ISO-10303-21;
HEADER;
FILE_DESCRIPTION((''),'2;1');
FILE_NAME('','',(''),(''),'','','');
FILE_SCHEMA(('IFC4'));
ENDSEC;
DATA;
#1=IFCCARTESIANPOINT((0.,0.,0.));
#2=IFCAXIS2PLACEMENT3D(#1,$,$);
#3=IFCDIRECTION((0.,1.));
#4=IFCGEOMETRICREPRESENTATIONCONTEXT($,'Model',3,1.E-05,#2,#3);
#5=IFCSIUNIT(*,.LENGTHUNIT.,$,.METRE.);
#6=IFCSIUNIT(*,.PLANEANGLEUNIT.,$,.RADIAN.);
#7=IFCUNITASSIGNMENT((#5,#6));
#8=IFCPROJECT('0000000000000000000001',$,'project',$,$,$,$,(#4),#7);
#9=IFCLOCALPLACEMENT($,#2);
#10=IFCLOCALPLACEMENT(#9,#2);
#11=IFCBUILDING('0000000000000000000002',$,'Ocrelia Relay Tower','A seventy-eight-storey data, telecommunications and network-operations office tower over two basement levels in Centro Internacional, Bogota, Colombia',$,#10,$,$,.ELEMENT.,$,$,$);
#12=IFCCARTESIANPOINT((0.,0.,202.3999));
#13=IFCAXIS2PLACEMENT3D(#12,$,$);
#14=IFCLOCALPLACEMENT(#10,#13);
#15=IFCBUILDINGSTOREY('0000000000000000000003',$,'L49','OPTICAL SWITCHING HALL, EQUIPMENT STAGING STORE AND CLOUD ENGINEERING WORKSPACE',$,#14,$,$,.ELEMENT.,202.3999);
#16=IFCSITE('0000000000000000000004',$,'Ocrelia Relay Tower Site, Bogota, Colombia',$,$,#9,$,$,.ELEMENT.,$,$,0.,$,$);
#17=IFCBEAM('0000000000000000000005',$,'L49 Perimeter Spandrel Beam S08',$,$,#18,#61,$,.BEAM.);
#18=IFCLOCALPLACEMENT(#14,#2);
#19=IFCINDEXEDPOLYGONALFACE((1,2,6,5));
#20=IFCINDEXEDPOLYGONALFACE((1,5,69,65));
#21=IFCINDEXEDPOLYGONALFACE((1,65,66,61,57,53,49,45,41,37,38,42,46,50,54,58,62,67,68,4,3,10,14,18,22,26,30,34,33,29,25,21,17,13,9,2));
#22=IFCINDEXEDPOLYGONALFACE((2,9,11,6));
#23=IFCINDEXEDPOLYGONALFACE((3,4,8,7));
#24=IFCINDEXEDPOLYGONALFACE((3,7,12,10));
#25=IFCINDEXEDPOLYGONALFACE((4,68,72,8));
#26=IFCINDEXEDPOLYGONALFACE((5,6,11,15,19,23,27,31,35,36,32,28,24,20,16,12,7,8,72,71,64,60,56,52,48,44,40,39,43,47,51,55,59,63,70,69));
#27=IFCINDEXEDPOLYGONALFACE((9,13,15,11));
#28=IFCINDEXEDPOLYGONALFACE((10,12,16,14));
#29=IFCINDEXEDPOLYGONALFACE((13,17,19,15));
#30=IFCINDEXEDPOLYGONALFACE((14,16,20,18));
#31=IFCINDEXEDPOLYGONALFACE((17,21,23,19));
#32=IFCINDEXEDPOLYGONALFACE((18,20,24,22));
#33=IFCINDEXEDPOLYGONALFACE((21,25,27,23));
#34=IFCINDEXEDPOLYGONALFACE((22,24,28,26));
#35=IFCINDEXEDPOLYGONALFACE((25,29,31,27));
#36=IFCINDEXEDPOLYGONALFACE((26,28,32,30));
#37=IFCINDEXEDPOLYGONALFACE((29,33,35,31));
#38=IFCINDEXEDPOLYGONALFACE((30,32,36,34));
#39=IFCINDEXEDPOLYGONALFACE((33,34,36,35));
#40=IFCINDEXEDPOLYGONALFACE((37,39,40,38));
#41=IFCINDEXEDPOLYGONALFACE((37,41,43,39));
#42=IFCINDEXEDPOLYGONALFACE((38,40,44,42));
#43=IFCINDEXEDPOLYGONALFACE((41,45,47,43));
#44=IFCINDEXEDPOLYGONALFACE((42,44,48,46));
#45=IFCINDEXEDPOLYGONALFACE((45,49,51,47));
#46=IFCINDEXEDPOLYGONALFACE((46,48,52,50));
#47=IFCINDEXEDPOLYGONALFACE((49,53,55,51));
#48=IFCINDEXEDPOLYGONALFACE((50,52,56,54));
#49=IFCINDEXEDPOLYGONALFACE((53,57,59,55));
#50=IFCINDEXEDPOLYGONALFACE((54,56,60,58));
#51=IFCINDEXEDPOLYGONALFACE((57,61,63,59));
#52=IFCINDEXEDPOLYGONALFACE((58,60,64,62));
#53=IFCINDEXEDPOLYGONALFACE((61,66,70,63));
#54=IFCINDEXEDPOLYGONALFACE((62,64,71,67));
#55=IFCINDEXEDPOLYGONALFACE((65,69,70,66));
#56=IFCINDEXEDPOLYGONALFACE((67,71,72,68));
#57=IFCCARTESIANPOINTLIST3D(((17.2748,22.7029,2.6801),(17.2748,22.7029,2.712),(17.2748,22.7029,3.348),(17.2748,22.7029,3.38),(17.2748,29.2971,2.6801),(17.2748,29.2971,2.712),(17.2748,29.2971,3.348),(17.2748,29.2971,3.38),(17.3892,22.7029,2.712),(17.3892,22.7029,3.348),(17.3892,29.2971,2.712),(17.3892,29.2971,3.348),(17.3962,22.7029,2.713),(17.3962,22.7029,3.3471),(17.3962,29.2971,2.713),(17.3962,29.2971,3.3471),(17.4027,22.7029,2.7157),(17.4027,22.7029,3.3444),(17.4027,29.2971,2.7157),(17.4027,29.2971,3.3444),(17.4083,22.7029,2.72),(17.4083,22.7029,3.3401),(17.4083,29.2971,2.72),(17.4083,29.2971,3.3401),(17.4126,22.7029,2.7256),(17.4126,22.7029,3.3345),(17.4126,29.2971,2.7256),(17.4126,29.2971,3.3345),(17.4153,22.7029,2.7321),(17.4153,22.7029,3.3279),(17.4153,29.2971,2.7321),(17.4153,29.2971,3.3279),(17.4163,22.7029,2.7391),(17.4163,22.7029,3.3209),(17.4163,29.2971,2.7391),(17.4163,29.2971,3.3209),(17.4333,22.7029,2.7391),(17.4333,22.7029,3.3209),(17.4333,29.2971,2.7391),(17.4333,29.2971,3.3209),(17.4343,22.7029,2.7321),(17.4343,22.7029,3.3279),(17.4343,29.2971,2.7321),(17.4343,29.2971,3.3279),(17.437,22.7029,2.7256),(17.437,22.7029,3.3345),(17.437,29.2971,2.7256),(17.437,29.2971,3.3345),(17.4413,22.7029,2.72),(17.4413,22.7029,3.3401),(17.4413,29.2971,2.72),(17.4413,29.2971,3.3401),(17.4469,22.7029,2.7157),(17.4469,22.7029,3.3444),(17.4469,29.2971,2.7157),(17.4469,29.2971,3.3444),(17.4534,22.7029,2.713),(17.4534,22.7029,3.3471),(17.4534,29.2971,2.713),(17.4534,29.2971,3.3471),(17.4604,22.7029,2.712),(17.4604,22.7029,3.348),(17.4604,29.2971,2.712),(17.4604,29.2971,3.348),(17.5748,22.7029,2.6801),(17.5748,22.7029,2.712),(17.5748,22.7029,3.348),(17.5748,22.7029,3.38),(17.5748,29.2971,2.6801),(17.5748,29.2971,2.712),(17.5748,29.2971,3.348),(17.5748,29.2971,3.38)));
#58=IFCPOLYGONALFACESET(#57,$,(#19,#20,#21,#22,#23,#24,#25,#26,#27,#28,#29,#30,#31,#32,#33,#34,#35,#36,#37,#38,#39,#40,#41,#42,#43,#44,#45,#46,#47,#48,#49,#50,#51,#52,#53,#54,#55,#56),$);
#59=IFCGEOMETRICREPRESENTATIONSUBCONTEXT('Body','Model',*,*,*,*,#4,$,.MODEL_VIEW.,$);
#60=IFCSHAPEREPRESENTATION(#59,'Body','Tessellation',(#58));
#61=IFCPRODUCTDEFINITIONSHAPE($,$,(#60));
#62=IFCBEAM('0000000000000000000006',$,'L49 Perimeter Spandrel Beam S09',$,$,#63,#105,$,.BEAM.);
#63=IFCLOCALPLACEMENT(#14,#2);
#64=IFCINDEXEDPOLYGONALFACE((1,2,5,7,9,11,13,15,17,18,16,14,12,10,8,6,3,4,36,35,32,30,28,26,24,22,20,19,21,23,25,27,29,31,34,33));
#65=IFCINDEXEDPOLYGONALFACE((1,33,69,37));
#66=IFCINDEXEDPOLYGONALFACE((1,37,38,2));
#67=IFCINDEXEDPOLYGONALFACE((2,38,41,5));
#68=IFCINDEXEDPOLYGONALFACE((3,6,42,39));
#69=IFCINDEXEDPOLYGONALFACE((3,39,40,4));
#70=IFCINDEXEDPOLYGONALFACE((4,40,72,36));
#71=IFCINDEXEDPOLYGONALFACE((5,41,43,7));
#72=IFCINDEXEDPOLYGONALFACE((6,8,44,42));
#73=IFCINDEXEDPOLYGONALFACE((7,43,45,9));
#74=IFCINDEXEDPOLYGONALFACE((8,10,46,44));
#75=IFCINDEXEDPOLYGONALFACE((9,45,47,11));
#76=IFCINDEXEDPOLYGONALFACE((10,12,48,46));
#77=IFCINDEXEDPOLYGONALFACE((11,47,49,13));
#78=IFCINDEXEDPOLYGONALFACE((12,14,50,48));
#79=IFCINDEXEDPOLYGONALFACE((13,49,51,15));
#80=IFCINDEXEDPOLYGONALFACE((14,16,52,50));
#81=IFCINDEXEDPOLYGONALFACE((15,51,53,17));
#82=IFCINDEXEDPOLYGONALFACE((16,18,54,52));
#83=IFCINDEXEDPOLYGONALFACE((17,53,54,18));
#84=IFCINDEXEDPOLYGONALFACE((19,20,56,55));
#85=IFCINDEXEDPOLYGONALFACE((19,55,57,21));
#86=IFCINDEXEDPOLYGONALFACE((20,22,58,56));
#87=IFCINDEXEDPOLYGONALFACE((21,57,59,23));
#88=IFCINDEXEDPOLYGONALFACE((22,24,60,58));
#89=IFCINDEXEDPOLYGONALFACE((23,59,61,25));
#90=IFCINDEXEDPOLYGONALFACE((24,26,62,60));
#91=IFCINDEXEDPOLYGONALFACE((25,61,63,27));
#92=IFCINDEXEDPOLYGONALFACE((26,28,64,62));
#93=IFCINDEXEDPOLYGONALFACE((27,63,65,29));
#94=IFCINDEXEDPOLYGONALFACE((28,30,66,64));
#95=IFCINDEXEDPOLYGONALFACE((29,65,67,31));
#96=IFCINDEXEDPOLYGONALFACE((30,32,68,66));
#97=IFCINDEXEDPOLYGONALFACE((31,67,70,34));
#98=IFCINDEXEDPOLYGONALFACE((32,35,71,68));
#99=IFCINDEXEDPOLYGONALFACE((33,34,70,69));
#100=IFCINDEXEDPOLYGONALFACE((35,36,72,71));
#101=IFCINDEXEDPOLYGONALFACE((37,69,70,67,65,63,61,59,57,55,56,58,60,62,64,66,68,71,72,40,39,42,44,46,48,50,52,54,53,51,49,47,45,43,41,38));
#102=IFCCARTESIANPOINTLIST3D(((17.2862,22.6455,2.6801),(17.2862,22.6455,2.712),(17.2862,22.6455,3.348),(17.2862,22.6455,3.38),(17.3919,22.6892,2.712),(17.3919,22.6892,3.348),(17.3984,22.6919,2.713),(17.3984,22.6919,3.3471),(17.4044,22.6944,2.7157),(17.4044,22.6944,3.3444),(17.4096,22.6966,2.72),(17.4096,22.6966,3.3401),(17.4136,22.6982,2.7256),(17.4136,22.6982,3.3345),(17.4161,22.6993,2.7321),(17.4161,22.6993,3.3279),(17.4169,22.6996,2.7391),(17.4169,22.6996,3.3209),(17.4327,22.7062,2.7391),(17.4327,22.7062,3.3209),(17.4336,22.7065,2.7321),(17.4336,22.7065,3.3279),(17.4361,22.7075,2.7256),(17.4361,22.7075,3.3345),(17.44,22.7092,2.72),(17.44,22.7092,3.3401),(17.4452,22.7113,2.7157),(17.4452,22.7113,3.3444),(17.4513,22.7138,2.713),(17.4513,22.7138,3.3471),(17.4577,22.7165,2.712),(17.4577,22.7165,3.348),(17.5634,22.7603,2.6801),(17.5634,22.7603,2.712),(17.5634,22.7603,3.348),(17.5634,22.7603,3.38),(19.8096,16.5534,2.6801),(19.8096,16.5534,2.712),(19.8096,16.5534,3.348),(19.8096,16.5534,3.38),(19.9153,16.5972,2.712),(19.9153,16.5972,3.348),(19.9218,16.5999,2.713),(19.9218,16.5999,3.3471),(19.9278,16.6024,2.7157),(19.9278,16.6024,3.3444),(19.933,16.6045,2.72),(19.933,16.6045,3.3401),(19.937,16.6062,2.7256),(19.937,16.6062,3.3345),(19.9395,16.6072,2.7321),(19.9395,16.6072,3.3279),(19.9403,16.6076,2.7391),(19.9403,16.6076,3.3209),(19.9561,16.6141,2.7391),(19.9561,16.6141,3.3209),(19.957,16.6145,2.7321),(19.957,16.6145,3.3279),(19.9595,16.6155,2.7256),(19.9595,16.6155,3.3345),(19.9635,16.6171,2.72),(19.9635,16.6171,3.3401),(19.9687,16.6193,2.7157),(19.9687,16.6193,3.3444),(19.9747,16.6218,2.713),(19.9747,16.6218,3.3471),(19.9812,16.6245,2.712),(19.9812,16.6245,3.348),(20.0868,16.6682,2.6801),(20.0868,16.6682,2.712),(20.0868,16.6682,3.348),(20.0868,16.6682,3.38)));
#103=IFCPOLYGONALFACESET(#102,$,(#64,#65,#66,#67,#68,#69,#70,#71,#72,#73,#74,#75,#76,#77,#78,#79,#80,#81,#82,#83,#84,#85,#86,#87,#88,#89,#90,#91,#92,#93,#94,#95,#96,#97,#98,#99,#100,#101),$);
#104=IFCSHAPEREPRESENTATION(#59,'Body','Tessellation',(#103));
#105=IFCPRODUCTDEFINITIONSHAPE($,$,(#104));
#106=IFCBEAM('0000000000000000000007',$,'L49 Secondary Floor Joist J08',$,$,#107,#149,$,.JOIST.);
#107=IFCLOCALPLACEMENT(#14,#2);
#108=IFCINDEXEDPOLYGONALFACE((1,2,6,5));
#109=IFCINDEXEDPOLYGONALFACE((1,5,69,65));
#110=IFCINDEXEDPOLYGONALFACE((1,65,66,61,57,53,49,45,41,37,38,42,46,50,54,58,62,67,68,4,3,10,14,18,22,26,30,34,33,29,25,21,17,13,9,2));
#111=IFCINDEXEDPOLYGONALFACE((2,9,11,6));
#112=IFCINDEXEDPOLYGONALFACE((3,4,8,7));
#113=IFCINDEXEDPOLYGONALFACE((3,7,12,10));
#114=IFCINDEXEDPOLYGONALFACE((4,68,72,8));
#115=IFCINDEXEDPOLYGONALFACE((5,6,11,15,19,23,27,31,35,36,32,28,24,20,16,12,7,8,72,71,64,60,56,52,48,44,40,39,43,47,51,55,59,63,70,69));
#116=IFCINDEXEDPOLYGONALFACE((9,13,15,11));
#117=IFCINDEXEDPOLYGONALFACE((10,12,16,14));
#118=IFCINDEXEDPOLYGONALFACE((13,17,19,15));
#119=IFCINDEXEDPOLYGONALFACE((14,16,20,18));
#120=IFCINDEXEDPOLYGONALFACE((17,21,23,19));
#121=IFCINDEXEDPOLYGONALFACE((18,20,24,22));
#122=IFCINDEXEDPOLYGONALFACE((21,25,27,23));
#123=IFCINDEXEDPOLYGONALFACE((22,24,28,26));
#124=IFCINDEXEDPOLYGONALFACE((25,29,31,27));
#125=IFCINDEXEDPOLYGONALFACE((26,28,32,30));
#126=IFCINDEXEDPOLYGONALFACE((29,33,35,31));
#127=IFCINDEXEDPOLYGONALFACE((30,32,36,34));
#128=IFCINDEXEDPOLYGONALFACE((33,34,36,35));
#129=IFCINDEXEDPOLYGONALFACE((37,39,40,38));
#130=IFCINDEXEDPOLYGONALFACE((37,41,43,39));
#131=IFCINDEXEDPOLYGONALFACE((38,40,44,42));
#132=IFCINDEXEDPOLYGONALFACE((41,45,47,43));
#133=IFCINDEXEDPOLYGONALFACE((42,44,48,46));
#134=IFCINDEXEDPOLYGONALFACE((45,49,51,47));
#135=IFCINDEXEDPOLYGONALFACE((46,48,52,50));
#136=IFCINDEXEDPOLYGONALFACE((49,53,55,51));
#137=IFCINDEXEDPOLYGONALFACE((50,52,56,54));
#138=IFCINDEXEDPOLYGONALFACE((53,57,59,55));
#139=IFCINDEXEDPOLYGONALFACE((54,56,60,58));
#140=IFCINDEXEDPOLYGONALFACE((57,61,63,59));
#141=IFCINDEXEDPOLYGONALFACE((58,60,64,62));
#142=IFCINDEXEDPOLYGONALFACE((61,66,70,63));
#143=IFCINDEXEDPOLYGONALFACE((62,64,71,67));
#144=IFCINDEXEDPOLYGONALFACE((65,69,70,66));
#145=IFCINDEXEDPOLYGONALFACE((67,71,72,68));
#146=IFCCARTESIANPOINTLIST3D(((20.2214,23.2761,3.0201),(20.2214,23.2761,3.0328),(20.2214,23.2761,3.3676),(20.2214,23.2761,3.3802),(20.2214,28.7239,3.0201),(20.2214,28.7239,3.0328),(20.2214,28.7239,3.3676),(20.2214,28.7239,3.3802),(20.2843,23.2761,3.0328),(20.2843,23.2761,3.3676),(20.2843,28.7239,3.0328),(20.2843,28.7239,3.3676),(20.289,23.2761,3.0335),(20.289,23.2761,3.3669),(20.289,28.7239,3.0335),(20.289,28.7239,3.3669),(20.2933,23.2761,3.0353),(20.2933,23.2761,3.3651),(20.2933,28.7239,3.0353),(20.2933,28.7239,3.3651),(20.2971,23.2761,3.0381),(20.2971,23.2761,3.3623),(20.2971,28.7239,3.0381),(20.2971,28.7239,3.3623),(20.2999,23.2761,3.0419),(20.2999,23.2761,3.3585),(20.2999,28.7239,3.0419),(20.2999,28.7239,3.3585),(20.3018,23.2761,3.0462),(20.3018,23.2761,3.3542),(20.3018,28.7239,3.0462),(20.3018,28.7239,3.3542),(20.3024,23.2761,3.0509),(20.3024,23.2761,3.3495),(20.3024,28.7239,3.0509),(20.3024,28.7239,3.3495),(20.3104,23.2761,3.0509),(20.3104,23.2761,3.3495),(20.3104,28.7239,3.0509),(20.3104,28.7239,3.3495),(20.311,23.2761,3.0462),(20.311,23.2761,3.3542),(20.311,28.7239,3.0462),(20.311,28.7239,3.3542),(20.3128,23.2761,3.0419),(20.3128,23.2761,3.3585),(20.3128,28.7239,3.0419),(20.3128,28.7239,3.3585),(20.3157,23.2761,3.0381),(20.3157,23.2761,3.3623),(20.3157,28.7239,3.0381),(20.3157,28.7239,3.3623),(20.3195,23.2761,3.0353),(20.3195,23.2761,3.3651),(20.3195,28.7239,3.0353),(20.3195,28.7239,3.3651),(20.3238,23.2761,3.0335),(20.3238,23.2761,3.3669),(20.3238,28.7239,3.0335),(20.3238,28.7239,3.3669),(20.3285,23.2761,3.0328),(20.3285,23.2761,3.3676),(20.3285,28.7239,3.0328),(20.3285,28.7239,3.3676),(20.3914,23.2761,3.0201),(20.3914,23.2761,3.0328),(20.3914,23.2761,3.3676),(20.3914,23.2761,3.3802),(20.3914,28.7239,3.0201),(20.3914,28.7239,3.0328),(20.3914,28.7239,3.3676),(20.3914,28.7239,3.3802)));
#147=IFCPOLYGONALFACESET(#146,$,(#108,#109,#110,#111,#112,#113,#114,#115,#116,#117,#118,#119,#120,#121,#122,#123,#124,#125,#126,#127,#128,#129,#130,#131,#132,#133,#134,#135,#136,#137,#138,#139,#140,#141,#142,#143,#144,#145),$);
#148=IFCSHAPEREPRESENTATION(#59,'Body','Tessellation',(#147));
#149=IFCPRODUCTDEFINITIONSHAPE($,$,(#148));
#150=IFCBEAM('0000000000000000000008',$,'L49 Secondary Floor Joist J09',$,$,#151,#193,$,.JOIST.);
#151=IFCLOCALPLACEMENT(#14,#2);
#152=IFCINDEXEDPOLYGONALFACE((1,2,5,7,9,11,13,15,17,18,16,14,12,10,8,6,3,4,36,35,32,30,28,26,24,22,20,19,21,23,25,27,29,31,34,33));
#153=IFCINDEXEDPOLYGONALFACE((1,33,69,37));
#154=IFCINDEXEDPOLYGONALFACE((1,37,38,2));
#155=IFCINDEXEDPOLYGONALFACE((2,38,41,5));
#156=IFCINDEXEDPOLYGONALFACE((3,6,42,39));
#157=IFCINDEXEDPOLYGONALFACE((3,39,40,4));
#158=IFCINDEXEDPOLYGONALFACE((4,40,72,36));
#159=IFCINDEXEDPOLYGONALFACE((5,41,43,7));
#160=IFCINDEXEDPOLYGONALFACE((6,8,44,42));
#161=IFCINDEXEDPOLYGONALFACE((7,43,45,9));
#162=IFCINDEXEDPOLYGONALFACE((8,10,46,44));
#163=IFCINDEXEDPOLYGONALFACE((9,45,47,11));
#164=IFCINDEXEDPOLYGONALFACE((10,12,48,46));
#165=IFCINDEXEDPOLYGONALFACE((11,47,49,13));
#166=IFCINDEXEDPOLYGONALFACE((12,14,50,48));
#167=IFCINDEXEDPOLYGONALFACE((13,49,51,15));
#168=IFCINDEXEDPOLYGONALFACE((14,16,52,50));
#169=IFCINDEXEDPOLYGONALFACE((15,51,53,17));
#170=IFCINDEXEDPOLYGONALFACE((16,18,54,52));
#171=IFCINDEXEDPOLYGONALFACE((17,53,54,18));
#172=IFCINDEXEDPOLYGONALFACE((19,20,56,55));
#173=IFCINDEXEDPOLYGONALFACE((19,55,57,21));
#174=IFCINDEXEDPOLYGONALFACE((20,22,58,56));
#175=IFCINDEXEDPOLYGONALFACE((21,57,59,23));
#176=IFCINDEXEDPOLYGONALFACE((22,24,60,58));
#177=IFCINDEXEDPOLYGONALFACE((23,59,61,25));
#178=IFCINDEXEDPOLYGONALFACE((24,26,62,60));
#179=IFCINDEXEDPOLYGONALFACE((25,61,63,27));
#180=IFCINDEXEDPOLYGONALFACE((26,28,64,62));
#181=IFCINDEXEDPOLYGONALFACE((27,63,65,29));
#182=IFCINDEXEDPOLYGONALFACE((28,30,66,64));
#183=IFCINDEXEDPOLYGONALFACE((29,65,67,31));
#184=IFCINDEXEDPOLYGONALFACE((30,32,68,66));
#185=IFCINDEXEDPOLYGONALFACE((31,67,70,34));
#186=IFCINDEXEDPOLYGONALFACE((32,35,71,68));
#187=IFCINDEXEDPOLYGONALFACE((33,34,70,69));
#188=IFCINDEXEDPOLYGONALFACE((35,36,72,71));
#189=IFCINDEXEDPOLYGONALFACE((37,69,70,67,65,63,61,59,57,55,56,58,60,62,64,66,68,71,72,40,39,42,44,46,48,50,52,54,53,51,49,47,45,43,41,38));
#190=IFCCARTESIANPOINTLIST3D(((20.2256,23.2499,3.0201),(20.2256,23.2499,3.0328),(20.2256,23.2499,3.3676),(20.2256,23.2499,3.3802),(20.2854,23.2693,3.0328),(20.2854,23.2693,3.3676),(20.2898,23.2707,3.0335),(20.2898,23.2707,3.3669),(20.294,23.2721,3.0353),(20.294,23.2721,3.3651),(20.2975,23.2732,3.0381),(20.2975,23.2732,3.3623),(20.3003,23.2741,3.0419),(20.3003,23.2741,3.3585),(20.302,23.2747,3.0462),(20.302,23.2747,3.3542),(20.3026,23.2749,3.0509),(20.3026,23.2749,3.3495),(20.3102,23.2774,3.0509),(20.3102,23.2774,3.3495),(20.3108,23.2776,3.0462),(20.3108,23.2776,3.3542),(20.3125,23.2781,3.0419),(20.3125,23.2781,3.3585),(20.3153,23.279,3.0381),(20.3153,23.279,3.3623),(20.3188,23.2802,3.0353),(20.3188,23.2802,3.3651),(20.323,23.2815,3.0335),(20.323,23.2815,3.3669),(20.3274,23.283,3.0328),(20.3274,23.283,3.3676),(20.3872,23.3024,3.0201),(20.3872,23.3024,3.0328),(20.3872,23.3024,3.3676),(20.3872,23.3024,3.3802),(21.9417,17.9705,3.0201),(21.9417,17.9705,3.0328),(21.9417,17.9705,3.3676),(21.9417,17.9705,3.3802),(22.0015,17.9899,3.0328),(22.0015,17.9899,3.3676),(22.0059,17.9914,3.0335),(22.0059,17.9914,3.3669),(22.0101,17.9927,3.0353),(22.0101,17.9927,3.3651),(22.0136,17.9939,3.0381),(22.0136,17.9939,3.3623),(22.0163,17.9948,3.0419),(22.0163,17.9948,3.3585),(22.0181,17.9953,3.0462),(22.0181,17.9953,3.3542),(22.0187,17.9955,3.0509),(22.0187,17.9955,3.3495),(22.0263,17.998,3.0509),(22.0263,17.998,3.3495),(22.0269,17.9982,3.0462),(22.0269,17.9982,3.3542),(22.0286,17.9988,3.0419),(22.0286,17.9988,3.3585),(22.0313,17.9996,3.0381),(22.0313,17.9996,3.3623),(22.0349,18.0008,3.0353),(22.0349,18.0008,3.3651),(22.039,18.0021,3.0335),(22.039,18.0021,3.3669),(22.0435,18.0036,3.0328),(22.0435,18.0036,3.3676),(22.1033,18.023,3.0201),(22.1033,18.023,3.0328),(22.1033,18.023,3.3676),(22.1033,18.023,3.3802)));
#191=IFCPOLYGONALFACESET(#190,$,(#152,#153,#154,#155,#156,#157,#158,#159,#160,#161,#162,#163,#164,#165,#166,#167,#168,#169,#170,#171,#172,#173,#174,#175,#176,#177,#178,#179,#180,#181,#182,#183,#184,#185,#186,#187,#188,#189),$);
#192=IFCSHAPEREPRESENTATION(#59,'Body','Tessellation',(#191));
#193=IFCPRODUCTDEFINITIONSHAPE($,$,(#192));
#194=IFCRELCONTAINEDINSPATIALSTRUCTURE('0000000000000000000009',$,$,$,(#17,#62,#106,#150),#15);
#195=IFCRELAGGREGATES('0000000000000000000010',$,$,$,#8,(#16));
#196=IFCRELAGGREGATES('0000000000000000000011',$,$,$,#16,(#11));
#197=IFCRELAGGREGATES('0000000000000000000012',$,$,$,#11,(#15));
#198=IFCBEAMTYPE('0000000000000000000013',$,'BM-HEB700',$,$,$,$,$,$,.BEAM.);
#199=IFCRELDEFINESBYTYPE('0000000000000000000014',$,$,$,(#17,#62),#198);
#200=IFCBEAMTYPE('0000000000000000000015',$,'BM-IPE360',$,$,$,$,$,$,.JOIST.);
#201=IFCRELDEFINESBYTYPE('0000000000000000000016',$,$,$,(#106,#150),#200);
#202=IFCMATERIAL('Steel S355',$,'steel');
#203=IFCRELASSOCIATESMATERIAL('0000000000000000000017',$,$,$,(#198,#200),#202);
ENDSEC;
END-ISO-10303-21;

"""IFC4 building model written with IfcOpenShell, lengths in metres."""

from ifc_helpers import new_model, si_unit, direction, frame, origin, origin_2d, place, context, subcontext, project, spatial, i_section, extrude, material, material_profile, profile_set, type_object, element, save


model = new_model("IFC4")

# Units and contexts
model_context = context("Model", 3, precision=1e-05, world=origin(), true_north=direction((0.0, 1.0)))
body_context = subcontext(model_context, "Body", "Model", "MODEL_VIEW")
ifc_project = project(units=[si_unit("LENGTHUNIT", "METRE"), si_unit("PLANEANGLEUNIT", "RADIAN")], contexts=[model_context])

# Site, building, storey
site_placement = place(None, origin())
site = spatial("IfcSite", under=ifc_project, at=site_placement, Name="Ocrelia Relay Tower Site, Bogota, Colombia", CompositionType="ELEMENT", RefElevation=0.0)
building_placement = place(site_placement, origin())
building = spatial("IfcBuilding", under=site, at=building_placement, Name="Ocrelia Relay Tower", Description="A seventy-eight-storey data, telecommunications and network-operations office tower over two basement levels in Centro Internacional, Bogota, Colombia", CompositionType="ELEMENT")
storey_placement = place(building_placement, frame((0.0, 0.0, 202.3999)))
storey = spatial("IfcBuildingStorey", under=building, at=storey_placement, Name="L49", Description="OPTICAL SWITCHING HALL, EQUIPMENT STAGING STORE AND CLOUD ENGINEERING WORKSPACE", CompositionType="ELEMENT", Elevation=202.3999)

# Beams
ifc_material_1 = material(Name="Steel S355", Category="steel")
ifc_material_profile_1 = material_profile(ifc_material_1, i_section(OverallWidth=0.3, OverallDepth=0.7, WebThickness=0.0171, FlangeThickness=0.032, FilletRadius=0.0271, at=origin_2d()), Name="HEB 700")
ifc_profile_set_1 = profile_set([ifc_material_profile_1], Name="Steel S355")
beam_type_1 = type_object("IfcBeamType", Name="BM-HEB700", PredefinedType="BEAM", material=ifc_profile_set_1)
beam_1_placement = place(storey_placement, frame((17.4248, 29.2971, 3.03), z_axis=(0.0, -1.0, 0.0), x_axis=(1.0, 0.0, 0.0)))
element("IfcBeam", 1, at=beam_1_placement, inside=storey, type_object=beam_type_1, Name="L49 Perimeter Spandrel Beam S08", PredefinedType="BEAM", context=body_context, shape_type="SweptSolid", body=[
    extrude(i_section(OverallWidth=0.3, OverallDepth=0.7, WebThickness=0.0171, FlangeThickness=0.032, FilletRadius=0.0271, at=origin_2d()), origin(), (0.0, 0.0, 1.0), 6.5942),
])
beam_2_placement = place(storey_placement, frame((17.4248, 22.7029, 3.03), z_axis=(0.382688, -0.923878, 0.0), x_axis=(0.923878, 0.382688, 0.0)))
element("IfcBeam", 2, at=beam_2_placement, inside=storey, type_object=beam_type_1, Name="L49 Perimeter Spandrel Beam S09", PredefinedType="BEAM", context=body_context, shape_type="SweptSolid", body=[
    extrude(i_section(OverallWidth=0.3, OverallDepth=0.7, WebThickness=0.0171, FlangeThickness=0.032, FilletRadius=0.0271, at=origin_2d()), origin(), (0.0, 0.0, 1.0), 6.594),
])
ifc_material_profile_2 = material_profile(ifc_material_1, i_section(OverallWidth=0.1699, OverallDepth=0.3601, WebThickness=0.0081, FlangeThickness=0.0127, FilletRadius=0.0181, at=origin_2d()), Name="IPE 360")
ifc_profile_set_2 = profile_set([ifc_material_profile_2], Name="Steel S355")
beam_type_2 = type_object("IfcBeamType", Name="BM-IPE360", PredefinedType="JOIST", material=ifc_profile_set_2)
beam_3_placement = place(storey_placement, frame((20.3064, 28.7239, 3.2002), z_axis=(0.0, -1.0, 0.0), x_axis=(1.0, 0.0, 0.0)))
element("IfcBeam", 3, at=beam_3_placement, inside=storey, type_object=beam_type_2, Name="L49 Secondary Floor Joist J08", PredefinedType="JOIST", context=body_context, shape_type="SweptSolid", body=[
    extrude(i_section(OverallWidth=0.1699, OverallDepth=0.3601, WebThickness=0.0081, FlangeThickness=0.0127, FilletRadius=0.0181, at=origin_2d()), origin(), (0.0, 0.0, 1.0), 5.4478),
])
beam_4_placement = place(storey_placement, frame((20.3064, 23.2761, 3.2002), z_axis=(0.309134, -0.951019, 0.0), x_axis=(0.951019, 0.309134, 0.0)))
element("IfcBeam", 4, at=beam_4_placement, inside=storey, type_object=beam_type_2, Name="L49 Secondary Floor Joist J09", PredefinedType="JOIST", context=body_context, shape_type="SweptSolid", body=[
    extrude(i_section(OverallWidth=0.1699, OverallDepth=0.3601, WebThickness=0.0081, FlangeThickness=0.0127, FilletRadius=0.0181, at=origin_2d()), origin(), (0.0, 0.0, 1.0), 5.5513),
])

save(model, "model.ifc")
